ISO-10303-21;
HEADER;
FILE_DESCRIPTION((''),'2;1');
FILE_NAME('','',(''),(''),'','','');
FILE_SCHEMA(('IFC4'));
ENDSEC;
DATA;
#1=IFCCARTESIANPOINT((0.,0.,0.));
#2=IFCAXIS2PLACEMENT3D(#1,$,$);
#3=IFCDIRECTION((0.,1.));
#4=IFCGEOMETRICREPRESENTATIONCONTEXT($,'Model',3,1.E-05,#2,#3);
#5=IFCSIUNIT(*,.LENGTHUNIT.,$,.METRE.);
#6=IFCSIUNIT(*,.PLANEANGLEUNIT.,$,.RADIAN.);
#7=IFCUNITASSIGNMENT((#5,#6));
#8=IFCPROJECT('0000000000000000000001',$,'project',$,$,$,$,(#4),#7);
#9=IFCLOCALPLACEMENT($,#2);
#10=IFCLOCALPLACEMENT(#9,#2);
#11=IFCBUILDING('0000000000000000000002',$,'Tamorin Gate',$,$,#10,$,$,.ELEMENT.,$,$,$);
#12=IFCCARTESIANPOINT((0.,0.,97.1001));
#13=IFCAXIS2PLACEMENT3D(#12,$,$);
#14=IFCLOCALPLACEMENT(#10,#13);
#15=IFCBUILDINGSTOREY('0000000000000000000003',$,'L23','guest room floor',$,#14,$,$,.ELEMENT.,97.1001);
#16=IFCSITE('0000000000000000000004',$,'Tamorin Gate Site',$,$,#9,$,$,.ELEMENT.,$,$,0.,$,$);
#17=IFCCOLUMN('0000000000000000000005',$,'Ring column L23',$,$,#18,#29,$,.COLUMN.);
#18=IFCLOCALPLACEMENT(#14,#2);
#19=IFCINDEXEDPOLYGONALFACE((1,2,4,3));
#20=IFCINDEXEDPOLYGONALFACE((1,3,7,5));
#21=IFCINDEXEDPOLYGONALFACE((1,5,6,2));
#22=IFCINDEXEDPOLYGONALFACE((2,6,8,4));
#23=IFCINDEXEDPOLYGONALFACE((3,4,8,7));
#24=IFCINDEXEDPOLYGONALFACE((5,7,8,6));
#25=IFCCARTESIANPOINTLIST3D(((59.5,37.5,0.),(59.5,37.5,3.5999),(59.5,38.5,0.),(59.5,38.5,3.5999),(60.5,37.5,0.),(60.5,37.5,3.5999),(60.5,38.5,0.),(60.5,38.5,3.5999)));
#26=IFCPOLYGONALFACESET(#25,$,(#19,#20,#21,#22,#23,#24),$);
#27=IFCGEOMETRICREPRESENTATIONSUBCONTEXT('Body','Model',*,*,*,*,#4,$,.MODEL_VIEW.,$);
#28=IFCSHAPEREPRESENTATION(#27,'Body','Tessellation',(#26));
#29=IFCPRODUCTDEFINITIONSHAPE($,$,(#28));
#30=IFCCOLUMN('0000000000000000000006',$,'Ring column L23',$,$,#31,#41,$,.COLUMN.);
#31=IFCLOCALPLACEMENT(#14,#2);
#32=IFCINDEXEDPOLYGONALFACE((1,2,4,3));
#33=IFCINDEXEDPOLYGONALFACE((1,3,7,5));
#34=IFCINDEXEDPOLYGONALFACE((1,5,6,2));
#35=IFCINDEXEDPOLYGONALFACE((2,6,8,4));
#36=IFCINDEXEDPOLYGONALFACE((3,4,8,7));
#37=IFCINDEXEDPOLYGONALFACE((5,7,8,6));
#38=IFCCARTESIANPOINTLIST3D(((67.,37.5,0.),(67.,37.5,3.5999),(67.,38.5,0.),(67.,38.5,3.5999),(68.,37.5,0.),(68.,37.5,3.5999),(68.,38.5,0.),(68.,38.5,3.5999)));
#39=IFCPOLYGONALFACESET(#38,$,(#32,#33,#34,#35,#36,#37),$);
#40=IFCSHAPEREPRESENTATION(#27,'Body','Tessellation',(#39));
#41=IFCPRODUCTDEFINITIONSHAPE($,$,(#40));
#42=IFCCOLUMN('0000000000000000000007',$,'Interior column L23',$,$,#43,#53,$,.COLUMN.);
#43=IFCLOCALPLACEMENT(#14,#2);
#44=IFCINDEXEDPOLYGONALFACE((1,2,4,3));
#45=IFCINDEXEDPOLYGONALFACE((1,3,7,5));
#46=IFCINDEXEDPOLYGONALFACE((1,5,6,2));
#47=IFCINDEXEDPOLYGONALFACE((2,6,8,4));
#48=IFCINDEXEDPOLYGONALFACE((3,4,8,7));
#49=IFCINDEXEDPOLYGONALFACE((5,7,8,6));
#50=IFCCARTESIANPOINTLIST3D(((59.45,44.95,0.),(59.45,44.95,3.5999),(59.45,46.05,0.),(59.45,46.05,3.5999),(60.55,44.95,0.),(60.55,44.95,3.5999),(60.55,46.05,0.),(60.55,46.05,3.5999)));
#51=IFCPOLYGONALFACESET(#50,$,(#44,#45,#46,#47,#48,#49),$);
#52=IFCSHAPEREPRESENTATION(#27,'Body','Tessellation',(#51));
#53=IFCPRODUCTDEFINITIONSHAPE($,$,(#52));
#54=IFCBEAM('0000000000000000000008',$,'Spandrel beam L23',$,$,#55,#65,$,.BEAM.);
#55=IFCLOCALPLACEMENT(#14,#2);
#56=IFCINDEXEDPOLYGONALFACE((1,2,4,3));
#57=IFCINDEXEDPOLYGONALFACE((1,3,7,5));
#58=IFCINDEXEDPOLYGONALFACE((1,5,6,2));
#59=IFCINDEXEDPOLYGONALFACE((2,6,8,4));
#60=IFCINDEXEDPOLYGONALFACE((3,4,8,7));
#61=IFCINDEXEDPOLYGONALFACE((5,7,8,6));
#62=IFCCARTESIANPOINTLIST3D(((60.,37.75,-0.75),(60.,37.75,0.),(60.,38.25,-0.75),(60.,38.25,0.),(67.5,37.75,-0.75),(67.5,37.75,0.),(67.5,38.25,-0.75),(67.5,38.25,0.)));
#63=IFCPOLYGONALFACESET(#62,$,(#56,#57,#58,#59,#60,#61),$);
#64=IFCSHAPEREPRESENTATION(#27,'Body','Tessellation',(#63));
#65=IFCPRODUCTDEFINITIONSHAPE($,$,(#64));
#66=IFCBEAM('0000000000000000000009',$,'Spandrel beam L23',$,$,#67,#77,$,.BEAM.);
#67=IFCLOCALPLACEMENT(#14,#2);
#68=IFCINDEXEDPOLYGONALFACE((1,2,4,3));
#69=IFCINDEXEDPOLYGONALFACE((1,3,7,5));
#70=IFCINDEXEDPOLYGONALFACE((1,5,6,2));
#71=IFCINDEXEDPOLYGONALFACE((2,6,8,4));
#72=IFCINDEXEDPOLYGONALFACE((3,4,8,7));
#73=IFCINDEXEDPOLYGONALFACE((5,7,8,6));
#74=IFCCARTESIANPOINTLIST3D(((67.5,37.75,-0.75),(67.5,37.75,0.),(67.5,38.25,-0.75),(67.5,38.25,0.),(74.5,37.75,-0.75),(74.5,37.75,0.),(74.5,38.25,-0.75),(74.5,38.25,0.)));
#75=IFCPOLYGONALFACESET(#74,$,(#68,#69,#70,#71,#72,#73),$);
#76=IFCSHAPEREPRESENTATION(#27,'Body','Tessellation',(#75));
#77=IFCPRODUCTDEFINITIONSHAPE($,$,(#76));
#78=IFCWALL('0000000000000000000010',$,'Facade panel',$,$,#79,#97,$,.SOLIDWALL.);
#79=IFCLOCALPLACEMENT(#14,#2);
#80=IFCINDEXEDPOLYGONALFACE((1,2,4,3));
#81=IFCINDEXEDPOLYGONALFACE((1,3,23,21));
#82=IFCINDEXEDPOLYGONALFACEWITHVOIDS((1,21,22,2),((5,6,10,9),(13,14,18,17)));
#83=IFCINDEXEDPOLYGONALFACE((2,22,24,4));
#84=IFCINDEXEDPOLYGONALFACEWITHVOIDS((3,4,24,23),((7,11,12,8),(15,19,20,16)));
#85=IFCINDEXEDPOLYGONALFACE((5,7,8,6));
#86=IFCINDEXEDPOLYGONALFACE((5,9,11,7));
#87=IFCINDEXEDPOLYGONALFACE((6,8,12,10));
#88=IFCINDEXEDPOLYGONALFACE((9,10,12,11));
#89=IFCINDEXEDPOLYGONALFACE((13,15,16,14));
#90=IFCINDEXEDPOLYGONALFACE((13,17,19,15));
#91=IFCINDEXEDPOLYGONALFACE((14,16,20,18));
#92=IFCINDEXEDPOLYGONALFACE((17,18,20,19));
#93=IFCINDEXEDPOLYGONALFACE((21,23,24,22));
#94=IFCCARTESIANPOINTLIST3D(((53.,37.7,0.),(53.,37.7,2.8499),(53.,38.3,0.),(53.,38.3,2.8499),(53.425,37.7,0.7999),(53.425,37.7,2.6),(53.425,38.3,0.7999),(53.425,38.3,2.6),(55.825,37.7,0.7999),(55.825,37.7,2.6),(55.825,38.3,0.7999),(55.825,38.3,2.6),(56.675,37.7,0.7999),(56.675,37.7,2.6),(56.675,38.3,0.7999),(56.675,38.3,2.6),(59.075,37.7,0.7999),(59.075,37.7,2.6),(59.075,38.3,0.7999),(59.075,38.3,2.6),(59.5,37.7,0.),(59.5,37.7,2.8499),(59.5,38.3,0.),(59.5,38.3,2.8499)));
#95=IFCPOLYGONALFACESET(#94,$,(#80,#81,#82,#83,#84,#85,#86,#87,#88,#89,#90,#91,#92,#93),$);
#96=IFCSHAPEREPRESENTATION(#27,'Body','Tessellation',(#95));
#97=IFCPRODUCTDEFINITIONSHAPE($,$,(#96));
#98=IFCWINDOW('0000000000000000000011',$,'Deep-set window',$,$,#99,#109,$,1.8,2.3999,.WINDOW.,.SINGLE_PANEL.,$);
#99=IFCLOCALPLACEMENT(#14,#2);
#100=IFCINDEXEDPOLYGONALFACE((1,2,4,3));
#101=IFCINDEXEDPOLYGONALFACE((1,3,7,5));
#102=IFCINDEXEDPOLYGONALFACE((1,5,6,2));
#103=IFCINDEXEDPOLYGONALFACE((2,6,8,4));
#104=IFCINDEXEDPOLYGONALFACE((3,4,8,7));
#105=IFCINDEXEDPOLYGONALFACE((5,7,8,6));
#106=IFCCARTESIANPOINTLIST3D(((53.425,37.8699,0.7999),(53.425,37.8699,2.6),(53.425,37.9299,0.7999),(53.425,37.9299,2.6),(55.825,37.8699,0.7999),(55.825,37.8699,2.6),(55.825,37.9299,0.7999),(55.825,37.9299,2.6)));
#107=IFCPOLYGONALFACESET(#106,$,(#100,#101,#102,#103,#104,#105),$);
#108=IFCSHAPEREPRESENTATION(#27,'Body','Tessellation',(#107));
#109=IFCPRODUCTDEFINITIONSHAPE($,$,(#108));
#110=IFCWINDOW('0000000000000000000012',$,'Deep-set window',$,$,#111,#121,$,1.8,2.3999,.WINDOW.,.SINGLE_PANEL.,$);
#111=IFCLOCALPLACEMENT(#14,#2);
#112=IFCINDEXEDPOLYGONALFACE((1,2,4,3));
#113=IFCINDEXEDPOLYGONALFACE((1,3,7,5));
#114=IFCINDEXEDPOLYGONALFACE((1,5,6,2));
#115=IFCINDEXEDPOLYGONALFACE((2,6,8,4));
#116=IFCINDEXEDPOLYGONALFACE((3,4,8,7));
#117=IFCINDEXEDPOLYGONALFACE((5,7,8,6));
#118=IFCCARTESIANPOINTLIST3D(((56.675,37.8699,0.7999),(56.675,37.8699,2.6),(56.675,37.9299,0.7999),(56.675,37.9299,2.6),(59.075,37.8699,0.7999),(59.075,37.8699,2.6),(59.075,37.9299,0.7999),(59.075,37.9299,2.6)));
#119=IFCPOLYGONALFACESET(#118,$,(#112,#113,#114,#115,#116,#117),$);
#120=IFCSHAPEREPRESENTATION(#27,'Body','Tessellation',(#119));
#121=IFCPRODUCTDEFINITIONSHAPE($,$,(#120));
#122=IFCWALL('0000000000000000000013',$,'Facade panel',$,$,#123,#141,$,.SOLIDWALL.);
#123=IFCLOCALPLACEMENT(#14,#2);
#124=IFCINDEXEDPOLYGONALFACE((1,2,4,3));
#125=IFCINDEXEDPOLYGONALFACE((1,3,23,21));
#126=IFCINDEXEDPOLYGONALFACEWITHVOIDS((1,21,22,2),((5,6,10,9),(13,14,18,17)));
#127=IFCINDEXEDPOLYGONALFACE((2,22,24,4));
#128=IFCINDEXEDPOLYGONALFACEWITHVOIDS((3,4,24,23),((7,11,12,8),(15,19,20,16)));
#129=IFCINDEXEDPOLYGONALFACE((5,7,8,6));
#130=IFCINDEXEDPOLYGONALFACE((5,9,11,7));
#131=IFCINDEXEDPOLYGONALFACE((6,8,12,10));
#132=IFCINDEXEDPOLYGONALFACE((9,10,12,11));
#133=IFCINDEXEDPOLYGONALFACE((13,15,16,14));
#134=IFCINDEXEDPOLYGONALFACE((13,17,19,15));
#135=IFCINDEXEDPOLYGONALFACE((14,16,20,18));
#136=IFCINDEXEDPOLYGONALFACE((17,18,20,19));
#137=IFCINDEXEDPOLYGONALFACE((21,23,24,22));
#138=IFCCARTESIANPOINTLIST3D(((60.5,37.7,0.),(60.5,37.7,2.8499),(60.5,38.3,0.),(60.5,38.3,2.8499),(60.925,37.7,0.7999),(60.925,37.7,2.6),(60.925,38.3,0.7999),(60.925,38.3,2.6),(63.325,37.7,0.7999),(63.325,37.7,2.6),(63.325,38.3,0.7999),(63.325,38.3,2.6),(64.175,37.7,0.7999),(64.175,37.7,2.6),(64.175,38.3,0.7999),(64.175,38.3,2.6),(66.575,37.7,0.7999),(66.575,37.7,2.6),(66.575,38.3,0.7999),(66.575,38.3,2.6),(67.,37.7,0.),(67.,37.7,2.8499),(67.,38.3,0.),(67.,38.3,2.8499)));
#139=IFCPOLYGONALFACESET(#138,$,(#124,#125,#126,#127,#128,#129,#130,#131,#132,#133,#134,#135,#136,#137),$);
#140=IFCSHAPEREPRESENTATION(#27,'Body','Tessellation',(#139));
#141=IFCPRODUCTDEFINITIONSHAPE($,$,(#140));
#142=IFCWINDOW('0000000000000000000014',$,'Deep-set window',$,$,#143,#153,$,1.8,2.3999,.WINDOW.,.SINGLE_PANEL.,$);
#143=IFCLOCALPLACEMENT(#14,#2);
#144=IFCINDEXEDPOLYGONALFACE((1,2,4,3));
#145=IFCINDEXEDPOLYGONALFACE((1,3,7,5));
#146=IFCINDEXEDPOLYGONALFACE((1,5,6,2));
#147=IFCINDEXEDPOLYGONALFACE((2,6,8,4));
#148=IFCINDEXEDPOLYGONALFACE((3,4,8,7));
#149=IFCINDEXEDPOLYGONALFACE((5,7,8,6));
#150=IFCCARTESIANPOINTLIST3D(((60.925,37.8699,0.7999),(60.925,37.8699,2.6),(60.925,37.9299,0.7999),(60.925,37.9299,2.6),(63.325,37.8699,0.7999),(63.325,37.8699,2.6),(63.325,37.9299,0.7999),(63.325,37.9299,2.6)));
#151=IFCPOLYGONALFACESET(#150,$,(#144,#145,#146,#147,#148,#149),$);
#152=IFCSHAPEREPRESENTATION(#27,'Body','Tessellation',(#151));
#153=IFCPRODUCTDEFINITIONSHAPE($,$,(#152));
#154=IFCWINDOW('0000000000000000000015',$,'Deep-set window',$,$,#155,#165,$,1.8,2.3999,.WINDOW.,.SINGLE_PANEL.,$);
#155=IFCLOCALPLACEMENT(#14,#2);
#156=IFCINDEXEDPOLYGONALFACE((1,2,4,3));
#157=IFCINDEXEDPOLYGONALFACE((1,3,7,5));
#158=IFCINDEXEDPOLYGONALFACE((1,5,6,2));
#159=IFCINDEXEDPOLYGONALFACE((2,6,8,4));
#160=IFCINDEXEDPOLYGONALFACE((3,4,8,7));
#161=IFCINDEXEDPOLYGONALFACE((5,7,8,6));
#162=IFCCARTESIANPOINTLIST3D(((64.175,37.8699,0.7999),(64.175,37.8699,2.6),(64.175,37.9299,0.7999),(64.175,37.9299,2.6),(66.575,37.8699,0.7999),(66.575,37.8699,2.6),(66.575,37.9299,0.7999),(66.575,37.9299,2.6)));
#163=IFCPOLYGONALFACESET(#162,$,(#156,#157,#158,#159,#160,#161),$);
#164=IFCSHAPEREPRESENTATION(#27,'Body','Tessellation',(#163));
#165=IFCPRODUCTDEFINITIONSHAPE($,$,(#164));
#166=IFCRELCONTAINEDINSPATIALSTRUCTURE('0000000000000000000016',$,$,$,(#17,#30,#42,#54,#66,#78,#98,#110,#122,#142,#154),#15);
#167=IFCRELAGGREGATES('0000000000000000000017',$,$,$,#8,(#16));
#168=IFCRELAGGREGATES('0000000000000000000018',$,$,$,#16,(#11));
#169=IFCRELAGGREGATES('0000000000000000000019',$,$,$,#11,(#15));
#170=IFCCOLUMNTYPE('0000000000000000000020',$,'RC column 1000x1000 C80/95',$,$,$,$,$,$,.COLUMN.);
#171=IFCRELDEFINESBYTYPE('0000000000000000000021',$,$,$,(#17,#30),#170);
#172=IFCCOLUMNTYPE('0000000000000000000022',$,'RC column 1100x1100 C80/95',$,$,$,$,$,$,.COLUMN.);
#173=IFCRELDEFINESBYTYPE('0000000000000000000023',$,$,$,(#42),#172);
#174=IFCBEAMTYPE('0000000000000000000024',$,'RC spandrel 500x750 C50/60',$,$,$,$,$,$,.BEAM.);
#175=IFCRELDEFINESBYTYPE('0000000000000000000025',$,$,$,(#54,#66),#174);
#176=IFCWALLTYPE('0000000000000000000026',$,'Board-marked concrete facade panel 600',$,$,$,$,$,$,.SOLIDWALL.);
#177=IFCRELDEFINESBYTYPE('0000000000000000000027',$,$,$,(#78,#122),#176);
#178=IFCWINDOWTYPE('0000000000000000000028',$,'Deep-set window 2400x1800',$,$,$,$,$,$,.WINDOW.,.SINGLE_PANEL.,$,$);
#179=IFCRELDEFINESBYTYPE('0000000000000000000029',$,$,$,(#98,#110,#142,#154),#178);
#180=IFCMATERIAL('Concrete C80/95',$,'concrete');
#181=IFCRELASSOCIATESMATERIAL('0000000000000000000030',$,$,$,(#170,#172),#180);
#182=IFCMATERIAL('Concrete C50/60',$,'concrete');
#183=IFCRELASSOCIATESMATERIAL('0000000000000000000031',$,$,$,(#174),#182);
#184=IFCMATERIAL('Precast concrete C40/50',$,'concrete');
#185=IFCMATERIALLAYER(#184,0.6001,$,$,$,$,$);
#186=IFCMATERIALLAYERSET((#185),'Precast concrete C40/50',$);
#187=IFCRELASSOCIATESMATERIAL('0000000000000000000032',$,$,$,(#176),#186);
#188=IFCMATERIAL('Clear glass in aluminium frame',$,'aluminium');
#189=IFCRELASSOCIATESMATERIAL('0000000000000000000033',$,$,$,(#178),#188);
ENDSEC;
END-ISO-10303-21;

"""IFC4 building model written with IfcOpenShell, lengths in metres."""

from ifc_helpers import new_model, si_unit, direction, frame, frame_2d, origin, origin_2d, place, context, subcontext, project, spatial, rectangle, extrude, material, layer, layer_set, material_profile, profile_set, type_object, element, fill, save


model = new_model("IFC4")

# Units and contexts
model_context = context("Model", 3, precision=1e-05, world=origin(), true_north=direction((0.0, 1.0)))
body_context = subcontext(model_context, "Body", "Model", "MODEL_VIEW")
ifc_project = project(units=[si_unit("LENGTHUNIT", "METRE"), si_unit("PLANEANGLEUNIT", "RADIAN")], contexts=[model_context])

# Site, building, storey
site_placement = place(None, origin())
site = spatial("IfcSite", under=ifc_project, at=site_placement, Name="Tamorin Gate Site", CompositionType="ELEMENT", RefElevation=0.0)
building_placement = place(site_placement, origin())
building = spatial("IfcBuilding", under=site, at=building_placement, Name="Tamorin Gate", CompositionType="ELEMENT")
storey_placement = place(building_placement, frame((0.0, 0.0, 97.1001)))
storey = spatial("IfcBuildingStorey", under=building, at=storey_placement, Name="L23", Description="guest room floor", CompositionType="ELEMENT", Elevation=97.1001)

# Columns
ifc_material_1 = material(Name="Concrete C80/95", Category="concrete")
ifc_material_profile_1 = material_profile(ifc_material_1, rectangle(XDim=1.0, YDim=1.0, at=origin_2d()), Name="RC 1000x1000")
ifc_profile_set_1 = profile_set([ifc_material_profile_1], Name="Concrete C80/95")
column_type_1 = type_object("IfcColumnType", Name="RC column 1000x1000 C80/95", PredefinedType="COLUMN", material=ifc_profile_set_1)
for number, where, z_axis, x_axis, name in (
    (1, (60.0, 38.0, 0.0), (0.0, 0.0, 1.0), (1.0, 0.0, 0.0), "Ring column L23"),
    (2, (67.5, 38.0, 0.0), (0.0, 0.0, 1.0), (1.0, 0.0, 0.0), "Ring column L23"),
):
    element("IfcColumn", number, at=place(storey_placement, frame(where, z_axis=z_axis, x_axis=x_axis)), inside=storey, type_object=column_type_1, Name=name, PredefinedType="COLUMN", context=body_context, shape_type="SweptSolid", body=[
        extrude(rectangle(XDim=1.0, YDim=1.0, at=origin_2d()), origin(), (0.0, 0.0, 1.0), 3.5999),
    ])
ifc_material_profile_2 = material_profile(ifc_material_1, rectangle(XDim=1.1001, YDim=1.1001, at=origin_2d()), Name="RC 1100x1100")
ifc_profile_set_2 = profile_set([ifc_material_profile_2], Name="Concrete C80/95")
column_type_2 = type_object("IfcColumnType", Name="RC column 1100x1100 C80/95", PredefinedType="COLUMN", material=ifc_profile_set_2)
column_placement = place(storey_placement, frame((60.0, 45.5, 0.0), z_axis=(0.0, 0.0, 1.0), x_axis=(1.0, 0.0, 0.0)))
element("IfcColumn", 3, at=column_placement, inside=storey, type_object=column_type_2, Name="Interior column L23", PredefinedType="COLUMN", context=body_context, shape_type="SweptSolid", body=[
    extrude(rectangle(XDim=1.1001, YDim=1.1001, at=origin_2d()), origin(), (0.0, 0.0, 1.0), 3.5999),
])

# Beams
ifc_material_2 = material(Name="Concrete C50/60", Category="concrete")
ifc_material_profile_3 = material_profile(ifc_material_2, rectangle(XDim=0.5, YDim=0.75, at=origin_2d()), Name="RC 500x750")
ifc_profile_set_3 = profile_set([ifc_material_profile_3], Name="Concrete C50/60")
beam_type = type_object("IfcBeamType", Name="RC spandrel 500x750 C50/60", PredefinedType="BEAM", material=ifc_profile_set_3)
beam_1_placement = place(storey_placement, frame((60.0, 38.0, -0.375), z_axis=(1.0, 0.0, 0.0), x_axis=(0.0, 1.0, 0.0)))
element("IfcBeam", 4, at=beam_1_placement, inside=storey, type_object=beam_type, Name="Spandrel beam L23", PredefinedType="BEAM", context=body_context, shape_type="SweptSolid", body=[
    extrude(rectangle(XDim=0.5, YDim=0.75, at=origin_2d()), origin(), (0.0, 0.0, 1.0), 7.5),
])
beam_2_placement = place(storey_placement, frame((67.5, 38.0, -0.375), z_axis=(1.0, 0.0, 0.0), x_axis=(0.0, 1.0, 0.0)))
element("IfcBeam", 5, at=beam_2_placement, inside=storey, type_object=beam_type, Name="Spandrel beam L23", PredefinedType="BEAM", context=body_context, shape_type="SweptSolid", body=[
    extrude(rectangle(XDim=0.5, YDim=0.75, at=origin_2d()), origin(), (0.0, 0.0, 1.0), 7.0),
])

# Walls, openings, windows
ifc_material_3 = material(Name="Precast concrete C40/50", Category="concrete")
ifc_layer_1 = layer(ifc_material_3, 0.6001)
ifc_layer_set_1 = layer_set([ifc_layer_1], Name="Precast concrete C40/50")
wall_type_1 = type_object("IfcWallType", Name="Board-marked concrete facade panel 600", PredefinedType="SOLIDWALL", material=ifc_layer_set_1)
wall_1_placement = place(storey_placement, frame((53.0, 38.0, 0.0), z_axis=(0.0, 0.0, 1.0), x_axis=(1.0, 0.0, 0.0)))
wall_1 = element("IfcWall", 6, at=wall_1_placement, inside=storey, type_object=wall_type_1, Name="Facade panel", PredefinedType="SOLIDWALL", context=body_context, shape_type="SweptSolid", body=[
    extrude(rectangle(XDim=6.5, YDim=0.6001, at=frame_2d((3.25, 0.0))), origin(), (0.0, 0.0, 1.0), 2.8499),
])
opening_1_placement = place(wall_1_placement, frame((0.425, 0.0, 0.8)))
opening_1 = element("IfcOpeningElement", 7, at=opening_1_placement, cuts=wall_1, PredefinedType="OPENING", context=body_context, shape_type="SweptSolid", body=[
    extrude(rectangle(XDim=2.3999, YDim=1.8, at=frame_2d((1.2, 0.8999))), frame((0.0, 0.3101, 0.0), z_axis=(0.0, -1.0, 0.0), x_axis=(1.0, 0.0, 0.0)), (0.0, 0.0, 1.0), 0.6201),
])
opening_2_placement = place(wall_1_placement, frame((3.675, 0.0, 0.8)))
opening_2 = element("IfcOpeningElement", 8, at=opening_2_placement, cuts=wall_1, PredefinedType="OPENING", context=body_context, shape_type="SweptSolid", body=[
    extrude(rectangle(XDim=2.3999, YDim=1.8, at=frame_2d((1.2, 0.8999))), frame((0.0, 0.3101, 0.0), z_axis=(0.0, -1.0, 0.0), x_axis=(1.0, 0.0, 0.0)), (0.0, 0.0, 1.0), 0.6201),
])
ifc_material_4 = material(Name="Clear glass in aluminium frame", Category="aluminium")
window_type = type_object("IfcWindowType", Name="Deep-set window 2400x1800", PartitioningType="SINGLE_PANEL", PredefinedType="WINDOW", material=ifc_material_4)
window_1_placement = place(opening_1_placement, origin())
window_1 = element("IfcWindow", 9, at=window_1_placement, inside=storey, type_object=window_type, Name="Deep-set window", OverallHeight=1.8, OverallWidth=2.3999, PartitioningType="SINGLE_PANEL", PredefinedType="WINDOW", context=body_context, shape_type="SweptSolid", body=[
    extrude(rectangle(XDim=2.3999, YDim=1.8, at=frame_2d((1.2, 0.8999))), frame((0.0, -0.0701, 0.0), z_axis=(0.0, -1.0, 0.0), x_axis=(1.0, 0.0, 0.0)), (0.0, 0.0, 1.0), 0.0601),
])
fill(opening_1, window_1)
window_2_placement = place(opening_2_placement, origin())
window_2 = element("IfcWindow", 10, at=window_2_placement, inside=storey, type_object=window_type, Name="Deep-set window", OverallHeight=1.8, OverallWidth=2.3999, PartitioningType="SINGLE_PANEL", PredefinedType="WINDOW", context=body_context, shape_type="SweptSolid", body=[
    extrude(rectangle(XDim=2.3999, YDim=1.8, at=frame_2d((1.2, 0.8999))), frame((0.0, -0.0701, 0.0), z_axis=(0.0, -1.0, 0.0), x_axis=(1.0, 0.0, 0.0)), (0.0, 0.0, 1.0), 0.0601),
])
fill(opening_2, window_2)
wall_2_placement = place(storey_placement, frame((60.5, 38.0, 0.0), z_axis=(0.0, 0.0, 1.0), x_axis=(1.0, 0.0, 0.0)))
wall_2 = element("IfcWall", 11, at=wall_2_placement, inside=storey, type_object=wall_type_1, Name="Facade panel", PredefinedType="SOLIDWALL", context=body_context, shape_type="SweptSolid", body=[
    extrude(rectangle(XDim=6.5, YDim=0.6001, at=frame_2d((3.25, 0.0))), origin(), (0.0, 0.0, 1.0), 2.8499),
])
opening_3_placement = place(wall_2_placement, frame((0.425, 0.0, 0.8)))
opening_3 = element("IfcOpeningElement", 12, at=opening_3_placement, cuts=wall_2, PredefinedType="OPENING", context=body_context, shape_type="SweptSolid", body=[
    extrude(rectangle(XDim=2.3999, YDim=1.8, at=frame_2d((1.2, 0.8999))), frame((0.0, 0.3101, 0.0), z_axis=(0.0, -1.0, 0.0), x_axis=(1.0, 0.0, 0.0)), (0.0, 0.0, 1.0), 0.6201),
])
opening_4_placement = place(wall_2_placement, frame((3.675, 0.0, 0.8)))
opening_4 = element("IfcOpeningElement", 13, at=opening_4_placement, cuts=wall_2, PredefinedType="OPENING", context=body_context, shape_type="SweptSolid", body=[
    extrude(rectangle(XDim=2.3999, YDim=1.8, at=frame_2d((1.2, 0.8999))), frame((0.0, 0.3101, 0.0), z_axis=(0.0, -1.0, 0.0), x_axis=(1.0, 0.0, 0.0)), (0.0, 0.0, 1.0), 0.6201),
])
window_3_placement = place(opening_3_placement, origin())
window_3 = element("IfcWindow", 14, at=window_3_placement, inside=storey, type_object=window_type, Name="Deep-set window", OverallHeight=1.8, OverallWidth=2.3999, PartitioningType="SINGLE_PANEL", PredefinedType="WINDOW", context=body_context, shape_type="SweptSolid", body=[
    extrude(rectangle(XDim=2.3999, YDim=1.8, at=frame_2d((1.2, 0.8999))), frame((0.0, -0.0701, 0.0), z_axis=(0.0, -1.0, 0.0), x_axis=(1.0, 0.0, 0.0)), (0.0, 0.0, 1.0), 0.0601),
])
fill(opening_3, window_3)
window_4_placement = place(opening_4_placement, origin())
window_4 = element("IfcWindow", 15, at=window_4_placement, inside=storey, type_object=window_type, Name="Deep-set window", OverallHeight=1.8, OverallWidth=2.3999, PartitioningType="SINGLE_PANEL", PredefinedType="WINDOW", context=body_context, shape_type="SweptSolid", body=[
    extrude(rectangle(XDim=2.3999, YDim=1.8, at=frame_2d((1.2, 0.8999))), frame((0.0, -0.0701, 0.0), z_axis=(0.0, -1.0, 0.0), x_axis=(1.0, 0.0, 0.0)), (0.0, 0.0, 1.0), 0.0601),
])
fill(opening_4, window_4)

save(model, "model.ifc")
